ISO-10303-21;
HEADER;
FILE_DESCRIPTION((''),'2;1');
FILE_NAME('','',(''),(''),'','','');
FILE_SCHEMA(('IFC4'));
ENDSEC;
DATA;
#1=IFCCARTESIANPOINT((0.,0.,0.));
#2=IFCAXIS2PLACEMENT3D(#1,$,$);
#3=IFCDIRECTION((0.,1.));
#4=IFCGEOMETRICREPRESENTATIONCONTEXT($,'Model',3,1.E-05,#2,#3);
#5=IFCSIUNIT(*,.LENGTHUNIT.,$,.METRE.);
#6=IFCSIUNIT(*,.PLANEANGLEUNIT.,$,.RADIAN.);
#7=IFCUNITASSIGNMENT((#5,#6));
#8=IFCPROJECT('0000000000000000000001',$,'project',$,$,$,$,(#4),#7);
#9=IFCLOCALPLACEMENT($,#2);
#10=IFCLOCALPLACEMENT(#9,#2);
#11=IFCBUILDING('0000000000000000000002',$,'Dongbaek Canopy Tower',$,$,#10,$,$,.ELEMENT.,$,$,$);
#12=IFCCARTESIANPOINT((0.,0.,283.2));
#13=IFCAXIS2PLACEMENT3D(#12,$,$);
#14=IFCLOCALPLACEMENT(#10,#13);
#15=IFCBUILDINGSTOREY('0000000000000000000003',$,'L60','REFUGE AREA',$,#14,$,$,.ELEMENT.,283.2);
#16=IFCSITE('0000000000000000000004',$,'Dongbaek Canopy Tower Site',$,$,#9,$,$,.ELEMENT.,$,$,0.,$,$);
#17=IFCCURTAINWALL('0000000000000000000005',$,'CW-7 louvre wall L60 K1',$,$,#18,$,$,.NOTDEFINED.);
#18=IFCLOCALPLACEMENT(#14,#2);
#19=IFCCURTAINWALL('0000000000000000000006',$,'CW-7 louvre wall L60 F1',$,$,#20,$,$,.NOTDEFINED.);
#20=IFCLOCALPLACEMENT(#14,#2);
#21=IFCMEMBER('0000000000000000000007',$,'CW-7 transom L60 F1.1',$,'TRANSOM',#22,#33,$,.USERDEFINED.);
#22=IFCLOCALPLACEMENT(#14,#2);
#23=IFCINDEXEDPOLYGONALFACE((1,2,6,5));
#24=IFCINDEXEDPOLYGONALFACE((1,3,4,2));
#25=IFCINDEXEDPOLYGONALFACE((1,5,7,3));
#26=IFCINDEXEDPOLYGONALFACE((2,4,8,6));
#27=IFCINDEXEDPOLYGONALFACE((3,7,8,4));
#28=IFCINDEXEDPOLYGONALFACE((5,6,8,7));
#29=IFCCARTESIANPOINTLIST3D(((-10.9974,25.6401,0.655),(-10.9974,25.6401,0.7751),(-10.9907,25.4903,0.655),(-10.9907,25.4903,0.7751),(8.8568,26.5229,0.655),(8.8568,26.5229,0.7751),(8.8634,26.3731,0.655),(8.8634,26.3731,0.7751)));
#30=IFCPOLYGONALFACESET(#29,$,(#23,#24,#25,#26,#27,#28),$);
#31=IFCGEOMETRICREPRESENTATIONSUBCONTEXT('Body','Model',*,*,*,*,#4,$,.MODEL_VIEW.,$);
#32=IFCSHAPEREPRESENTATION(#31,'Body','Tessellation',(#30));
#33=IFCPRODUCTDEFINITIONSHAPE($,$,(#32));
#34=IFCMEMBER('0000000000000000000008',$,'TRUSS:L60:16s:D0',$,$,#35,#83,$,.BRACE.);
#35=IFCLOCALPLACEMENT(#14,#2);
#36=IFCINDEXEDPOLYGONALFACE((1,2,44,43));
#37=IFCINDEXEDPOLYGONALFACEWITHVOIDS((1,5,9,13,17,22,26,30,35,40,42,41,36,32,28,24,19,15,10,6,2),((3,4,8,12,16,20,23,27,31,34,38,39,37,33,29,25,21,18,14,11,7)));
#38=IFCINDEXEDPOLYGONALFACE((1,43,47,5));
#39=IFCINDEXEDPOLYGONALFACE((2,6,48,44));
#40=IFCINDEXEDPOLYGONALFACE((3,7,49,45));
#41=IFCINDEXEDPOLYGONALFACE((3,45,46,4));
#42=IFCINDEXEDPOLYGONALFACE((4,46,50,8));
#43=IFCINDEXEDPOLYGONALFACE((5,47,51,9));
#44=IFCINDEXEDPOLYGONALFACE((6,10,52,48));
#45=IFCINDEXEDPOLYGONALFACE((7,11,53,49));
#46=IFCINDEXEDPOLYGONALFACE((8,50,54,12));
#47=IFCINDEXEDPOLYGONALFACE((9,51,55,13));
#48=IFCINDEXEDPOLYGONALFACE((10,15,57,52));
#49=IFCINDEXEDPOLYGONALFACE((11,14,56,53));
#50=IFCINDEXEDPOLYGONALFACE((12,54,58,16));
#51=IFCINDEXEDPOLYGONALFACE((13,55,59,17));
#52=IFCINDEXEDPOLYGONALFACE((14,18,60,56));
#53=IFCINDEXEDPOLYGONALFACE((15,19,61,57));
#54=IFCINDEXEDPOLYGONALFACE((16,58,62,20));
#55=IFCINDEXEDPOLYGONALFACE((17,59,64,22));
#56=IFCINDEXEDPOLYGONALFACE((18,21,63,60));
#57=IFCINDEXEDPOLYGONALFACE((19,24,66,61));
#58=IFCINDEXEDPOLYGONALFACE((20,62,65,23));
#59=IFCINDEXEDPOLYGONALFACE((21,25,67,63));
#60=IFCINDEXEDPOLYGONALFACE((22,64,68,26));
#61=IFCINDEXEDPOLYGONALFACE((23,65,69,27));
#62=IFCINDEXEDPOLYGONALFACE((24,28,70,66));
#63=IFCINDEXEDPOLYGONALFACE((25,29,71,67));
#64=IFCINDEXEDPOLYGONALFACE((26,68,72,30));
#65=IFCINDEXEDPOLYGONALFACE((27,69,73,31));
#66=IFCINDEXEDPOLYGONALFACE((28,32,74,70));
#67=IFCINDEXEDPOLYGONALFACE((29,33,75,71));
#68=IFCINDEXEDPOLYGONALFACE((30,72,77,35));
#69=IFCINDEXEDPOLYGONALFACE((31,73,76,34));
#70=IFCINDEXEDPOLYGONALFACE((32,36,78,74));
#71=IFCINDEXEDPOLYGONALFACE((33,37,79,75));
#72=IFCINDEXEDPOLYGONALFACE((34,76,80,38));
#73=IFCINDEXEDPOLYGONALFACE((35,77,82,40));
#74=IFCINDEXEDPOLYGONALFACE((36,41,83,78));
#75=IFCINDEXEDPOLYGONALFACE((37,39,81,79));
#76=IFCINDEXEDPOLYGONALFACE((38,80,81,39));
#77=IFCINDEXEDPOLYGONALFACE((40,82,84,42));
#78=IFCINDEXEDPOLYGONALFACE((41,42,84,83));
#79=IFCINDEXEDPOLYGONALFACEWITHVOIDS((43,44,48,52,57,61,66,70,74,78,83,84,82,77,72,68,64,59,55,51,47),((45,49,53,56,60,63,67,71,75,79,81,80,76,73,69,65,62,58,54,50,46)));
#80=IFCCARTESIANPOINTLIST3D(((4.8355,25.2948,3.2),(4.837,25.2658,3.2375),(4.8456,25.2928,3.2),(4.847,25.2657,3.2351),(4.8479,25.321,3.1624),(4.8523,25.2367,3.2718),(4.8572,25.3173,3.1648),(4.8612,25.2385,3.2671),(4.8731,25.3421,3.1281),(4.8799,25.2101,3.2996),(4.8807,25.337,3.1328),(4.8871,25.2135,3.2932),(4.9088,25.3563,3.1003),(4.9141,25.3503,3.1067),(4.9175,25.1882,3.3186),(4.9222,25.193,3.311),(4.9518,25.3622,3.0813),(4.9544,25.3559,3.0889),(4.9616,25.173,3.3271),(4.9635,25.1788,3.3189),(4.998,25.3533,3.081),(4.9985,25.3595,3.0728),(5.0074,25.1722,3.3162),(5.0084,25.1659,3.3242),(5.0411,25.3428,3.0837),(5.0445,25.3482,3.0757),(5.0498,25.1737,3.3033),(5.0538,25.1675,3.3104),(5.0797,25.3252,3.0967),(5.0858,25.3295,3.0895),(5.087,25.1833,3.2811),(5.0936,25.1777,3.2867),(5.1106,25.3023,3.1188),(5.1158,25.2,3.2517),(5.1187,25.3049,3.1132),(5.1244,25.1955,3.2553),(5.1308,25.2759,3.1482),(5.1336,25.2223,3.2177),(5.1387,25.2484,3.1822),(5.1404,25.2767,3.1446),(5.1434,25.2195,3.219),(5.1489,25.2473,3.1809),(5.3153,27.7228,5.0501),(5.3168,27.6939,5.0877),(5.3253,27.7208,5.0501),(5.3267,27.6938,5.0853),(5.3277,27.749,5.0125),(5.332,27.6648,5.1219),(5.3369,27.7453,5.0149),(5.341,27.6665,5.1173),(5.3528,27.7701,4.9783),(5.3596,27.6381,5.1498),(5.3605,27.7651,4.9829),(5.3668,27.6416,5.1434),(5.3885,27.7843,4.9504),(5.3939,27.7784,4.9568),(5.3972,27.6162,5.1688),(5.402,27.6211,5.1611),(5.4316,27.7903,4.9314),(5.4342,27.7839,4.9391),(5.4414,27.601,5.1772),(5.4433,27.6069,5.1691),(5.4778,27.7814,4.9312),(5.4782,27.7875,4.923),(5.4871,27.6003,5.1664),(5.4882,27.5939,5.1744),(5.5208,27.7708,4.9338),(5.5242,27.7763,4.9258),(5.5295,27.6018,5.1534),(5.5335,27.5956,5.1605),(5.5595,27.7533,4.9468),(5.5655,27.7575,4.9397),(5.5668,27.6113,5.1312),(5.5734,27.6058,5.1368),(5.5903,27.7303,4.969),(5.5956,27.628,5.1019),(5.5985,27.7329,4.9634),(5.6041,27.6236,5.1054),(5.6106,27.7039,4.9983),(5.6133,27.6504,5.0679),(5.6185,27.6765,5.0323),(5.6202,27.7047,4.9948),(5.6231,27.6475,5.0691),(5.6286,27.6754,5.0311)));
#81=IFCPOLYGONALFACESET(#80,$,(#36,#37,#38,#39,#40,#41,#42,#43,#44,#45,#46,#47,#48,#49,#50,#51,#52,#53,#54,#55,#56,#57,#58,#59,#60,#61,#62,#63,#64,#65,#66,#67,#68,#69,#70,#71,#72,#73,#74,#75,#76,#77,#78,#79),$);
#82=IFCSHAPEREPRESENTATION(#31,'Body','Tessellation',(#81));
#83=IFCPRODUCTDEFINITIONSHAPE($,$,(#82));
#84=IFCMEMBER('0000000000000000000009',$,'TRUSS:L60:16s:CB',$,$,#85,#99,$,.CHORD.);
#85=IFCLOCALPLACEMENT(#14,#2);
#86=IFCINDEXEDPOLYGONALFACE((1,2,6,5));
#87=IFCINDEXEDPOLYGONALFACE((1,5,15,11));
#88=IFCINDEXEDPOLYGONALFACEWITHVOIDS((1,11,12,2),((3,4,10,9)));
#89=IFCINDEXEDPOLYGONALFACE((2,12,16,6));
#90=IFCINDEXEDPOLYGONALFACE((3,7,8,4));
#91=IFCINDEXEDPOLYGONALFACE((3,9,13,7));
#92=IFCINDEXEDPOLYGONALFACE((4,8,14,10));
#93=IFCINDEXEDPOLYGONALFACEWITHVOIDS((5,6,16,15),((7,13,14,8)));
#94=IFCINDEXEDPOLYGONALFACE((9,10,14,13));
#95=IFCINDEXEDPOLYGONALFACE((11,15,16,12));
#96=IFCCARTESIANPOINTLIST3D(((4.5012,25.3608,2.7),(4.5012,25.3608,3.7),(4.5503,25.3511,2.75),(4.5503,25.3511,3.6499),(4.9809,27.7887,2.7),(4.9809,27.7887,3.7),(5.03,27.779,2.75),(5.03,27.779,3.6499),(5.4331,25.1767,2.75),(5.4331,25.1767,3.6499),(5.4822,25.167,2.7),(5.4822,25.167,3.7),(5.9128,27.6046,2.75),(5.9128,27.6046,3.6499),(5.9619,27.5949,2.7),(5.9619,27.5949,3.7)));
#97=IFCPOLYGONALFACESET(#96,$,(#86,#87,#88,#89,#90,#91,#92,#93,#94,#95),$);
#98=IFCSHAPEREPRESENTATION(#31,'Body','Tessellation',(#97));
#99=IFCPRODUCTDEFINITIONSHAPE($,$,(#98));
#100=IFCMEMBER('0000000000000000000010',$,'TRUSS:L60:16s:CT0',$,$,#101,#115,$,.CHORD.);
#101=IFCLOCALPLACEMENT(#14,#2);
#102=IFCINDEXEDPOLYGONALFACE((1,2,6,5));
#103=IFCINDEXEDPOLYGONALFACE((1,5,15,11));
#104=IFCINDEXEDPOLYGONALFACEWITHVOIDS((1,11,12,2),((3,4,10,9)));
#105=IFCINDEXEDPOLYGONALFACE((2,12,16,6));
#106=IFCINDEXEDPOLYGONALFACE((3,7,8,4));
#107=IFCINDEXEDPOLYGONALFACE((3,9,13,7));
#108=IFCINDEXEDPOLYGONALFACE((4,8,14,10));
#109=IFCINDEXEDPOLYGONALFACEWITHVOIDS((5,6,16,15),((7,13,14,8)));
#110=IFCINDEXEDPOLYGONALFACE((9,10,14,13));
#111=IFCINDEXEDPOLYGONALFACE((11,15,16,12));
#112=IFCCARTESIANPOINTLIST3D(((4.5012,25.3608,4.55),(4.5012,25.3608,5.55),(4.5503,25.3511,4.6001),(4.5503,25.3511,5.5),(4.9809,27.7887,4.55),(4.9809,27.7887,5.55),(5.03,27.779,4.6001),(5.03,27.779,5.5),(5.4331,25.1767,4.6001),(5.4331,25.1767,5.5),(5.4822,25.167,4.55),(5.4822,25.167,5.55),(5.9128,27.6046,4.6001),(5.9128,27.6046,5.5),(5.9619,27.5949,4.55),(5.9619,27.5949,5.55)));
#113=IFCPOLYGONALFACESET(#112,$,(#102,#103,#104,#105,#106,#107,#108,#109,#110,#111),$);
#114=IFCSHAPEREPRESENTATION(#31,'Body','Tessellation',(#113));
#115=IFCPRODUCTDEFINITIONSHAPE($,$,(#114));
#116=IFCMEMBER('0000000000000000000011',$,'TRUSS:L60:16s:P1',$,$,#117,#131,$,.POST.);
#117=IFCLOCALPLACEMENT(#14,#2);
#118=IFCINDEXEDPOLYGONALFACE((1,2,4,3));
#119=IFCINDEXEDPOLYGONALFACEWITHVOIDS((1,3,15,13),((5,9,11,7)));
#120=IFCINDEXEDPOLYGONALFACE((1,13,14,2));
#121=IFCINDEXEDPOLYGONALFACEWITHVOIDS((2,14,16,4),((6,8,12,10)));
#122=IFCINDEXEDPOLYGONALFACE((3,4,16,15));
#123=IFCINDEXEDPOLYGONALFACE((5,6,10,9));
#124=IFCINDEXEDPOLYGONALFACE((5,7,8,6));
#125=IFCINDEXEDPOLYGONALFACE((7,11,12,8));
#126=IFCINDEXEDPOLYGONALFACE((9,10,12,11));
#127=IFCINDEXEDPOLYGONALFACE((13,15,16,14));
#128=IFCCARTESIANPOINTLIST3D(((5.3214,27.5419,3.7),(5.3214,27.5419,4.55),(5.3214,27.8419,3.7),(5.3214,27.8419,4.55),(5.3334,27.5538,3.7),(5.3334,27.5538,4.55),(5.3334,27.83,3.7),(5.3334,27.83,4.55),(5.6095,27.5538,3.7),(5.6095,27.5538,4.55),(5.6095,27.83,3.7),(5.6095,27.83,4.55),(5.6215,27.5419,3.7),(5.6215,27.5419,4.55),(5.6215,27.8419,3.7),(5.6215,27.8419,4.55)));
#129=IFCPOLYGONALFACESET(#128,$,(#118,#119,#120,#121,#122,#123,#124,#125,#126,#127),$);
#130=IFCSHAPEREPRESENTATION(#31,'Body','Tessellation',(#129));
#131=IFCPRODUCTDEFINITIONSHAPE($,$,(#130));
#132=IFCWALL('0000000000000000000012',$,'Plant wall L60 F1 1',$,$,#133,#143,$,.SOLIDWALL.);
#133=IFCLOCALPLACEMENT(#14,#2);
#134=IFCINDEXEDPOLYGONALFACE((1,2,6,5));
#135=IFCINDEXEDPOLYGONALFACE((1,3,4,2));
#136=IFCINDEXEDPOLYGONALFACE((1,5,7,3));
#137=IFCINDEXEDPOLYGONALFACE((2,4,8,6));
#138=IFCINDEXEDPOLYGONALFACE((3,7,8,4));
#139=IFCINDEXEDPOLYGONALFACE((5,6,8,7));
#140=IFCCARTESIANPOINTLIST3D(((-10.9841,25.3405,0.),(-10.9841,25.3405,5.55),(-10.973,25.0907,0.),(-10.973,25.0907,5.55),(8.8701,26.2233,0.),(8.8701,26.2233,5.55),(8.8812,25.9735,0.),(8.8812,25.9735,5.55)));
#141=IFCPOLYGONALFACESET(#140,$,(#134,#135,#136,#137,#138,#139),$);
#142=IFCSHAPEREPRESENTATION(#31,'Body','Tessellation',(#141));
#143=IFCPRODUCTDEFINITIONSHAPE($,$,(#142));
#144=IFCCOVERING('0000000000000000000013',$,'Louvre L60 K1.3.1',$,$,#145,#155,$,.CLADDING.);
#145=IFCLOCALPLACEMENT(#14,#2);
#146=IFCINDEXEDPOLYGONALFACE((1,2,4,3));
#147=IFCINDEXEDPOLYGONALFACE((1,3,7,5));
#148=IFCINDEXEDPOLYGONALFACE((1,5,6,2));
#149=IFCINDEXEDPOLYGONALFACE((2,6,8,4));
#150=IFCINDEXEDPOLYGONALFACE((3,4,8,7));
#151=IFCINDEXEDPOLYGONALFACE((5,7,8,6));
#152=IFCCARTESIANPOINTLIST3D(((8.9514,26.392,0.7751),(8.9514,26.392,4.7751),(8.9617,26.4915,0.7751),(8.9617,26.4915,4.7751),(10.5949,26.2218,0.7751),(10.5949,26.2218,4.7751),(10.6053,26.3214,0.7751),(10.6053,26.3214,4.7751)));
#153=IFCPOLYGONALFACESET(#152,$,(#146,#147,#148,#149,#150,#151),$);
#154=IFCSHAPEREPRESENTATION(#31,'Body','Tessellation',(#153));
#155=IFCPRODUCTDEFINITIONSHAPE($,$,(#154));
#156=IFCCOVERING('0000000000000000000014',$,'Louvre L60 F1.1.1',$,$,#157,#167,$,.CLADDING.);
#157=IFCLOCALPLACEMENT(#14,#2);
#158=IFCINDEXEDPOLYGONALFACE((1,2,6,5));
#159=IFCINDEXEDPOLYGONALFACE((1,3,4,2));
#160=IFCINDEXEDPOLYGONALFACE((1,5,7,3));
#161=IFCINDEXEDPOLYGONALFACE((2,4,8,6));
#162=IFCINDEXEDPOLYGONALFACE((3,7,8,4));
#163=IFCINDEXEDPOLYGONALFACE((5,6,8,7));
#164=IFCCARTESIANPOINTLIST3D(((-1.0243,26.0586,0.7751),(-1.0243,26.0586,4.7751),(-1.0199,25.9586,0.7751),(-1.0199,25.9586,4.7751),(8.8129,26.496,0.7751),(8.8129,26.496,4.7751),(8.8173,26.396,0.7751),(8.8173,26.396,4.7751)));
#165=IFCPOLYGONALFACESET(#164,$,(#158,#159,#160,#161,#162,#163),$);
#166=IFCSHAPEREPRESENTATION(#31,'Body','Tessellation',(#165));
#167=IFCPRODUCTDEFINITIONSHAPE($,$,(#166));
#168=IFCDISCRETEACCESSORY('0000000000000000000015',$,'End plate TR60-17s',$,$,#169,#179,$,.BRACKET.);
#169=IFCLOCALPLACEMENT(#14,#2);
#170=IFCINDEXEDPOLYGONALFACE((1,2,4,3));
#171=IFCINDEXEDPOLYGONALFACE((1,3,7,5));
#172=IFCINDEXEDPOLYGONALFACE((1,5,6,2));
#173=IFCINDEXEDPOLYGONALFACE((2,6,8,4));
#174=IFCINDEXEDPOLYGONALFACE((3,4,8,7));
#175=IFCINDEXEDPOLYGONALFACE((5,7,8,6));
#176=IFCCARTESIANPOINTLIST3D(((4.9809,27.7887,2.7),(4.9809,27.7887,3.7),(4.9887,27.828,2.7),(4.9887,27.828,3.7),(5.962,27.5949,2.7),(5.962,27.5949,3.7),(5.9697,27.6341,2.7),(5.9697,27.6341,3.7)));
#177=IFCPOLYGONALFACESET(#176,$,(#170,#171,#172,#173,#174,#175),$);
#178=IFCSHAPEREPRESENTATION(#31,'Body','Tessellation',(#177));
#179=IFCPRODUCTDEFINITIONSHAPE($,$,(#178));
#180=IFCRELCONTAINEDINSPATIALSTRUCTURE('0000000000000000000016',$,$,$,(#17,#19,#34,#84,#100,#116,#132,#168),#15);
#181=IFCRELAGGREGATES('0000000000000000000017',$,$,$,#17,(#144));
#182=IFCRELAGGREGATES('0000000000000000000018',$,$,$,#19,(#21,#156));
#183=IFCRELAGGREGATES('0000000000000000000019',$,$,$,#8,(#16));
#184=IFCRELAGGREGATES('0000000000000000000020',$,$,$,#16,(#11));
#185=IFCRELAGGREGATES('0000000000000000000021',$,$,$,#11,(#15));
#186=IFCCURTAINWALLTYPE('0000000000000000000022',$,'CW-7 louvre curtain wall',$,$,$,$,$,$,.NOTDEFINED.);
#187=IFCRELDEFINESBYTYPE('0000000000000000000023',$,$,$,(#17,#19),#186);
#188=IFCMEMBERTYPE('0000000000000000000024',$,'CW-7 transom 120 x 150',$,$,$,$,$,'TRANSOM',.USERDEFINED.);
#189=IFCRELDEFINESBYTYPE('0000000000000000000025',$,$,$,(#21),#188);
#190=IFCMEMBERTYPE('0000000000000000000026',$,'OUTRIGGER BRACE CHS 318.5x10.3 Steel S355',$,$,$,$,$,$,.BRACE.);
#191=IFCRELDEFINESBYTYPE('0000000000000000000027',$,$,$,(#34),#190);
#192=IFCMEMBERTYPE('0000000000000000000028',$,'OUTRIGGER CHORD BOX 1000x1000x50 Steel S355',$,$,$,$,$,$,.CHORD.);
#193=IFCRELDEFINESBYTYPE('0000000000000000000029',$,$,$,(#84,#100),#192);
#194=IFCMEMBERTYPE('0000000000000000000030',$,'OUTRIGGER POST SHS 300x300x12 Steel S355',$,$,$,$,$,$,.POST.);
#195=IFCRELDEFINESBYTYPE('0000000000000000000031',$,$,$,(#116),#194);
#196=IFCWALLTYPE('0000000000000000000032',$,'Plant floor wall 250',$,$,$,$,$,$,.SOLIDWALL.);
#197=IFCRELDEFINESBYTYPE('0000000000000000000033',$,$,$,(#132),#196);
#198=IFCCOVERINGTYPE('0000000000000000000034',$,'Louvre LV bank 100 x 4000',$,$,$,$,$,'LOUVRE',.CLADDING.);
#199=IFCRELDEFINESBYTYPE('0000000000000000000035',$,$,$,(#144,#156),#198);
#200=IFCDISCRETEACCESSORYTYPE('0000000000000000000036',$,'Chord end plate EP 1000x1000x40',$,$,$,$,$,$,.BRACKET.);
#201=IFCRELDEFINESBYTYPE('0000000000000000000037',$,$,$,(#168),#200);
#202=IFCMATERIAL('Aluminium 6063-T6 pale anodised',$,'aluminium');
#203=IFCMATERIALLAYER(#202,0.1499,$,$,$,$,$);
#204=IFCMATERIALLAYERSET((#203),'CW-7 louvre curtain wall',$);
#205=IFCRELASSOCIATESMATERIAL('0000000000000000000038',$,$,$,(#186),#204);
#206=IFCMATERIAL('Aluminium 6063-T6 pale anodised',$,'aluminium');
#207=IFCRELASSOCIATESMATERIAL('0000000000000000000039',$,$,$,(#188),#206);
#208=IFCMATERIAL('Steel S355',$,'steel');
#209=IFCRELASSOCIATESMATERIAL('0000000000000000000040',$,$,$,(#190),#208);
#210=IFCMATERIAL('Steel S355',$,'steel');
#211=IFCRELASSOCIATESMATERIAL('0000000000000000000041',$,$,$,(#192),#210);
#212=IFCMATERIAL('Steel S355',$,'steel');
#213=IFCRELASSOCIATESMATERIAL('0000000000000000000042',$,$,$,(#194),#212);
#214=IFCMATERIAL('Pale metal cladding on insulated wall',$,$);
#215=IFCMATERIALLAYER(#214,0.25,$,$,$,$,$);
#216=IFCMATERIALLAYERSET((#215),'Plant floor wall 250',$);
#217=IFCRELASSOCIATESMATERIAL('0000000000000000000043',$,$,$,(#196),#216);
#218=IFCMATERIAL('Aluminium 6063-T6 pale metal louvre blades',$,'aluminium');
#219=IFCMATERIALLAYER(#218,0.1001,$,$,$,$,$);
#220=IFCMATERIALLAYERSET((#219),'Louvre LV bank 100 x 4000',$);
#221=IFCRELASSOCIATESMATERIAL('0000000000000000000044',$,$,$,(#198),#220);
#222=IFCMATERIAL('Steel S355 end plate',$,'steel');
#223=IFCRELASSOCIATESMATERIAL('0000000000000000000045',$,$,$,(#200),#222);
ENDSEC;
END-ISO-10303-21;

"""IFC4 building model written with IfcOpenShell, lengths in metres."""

from ifc_helpers import new_model, si_unit, direction, frame, frame_2d, origin, origin_2d, place, context, subcontext, project, spatial, rectangle, hollow_rectangle, hollow_circle, extrude, material, layer, layer_set, material_profile, profile_set, type_object, element, aggregate, save


model = new_model("IFC4")

# Units and contexts
model_context = context("Model", 3, precision=1e-05, world=origin(), true_north=direction((0.0, 1.0)))
body_context = subcontext(model_context, "Body", "Model", "MODEL_VIEW")
ifc_project = project(units=[si_unit("LENGTHUNIT", "METRE"), si_unit("PLANEANGLEUNIT", "RADIAN")], contexts=[model_context])

# Site, building, storey
site_placement = place(None, origin())
site = spatial("IfcSite", under=ifc_project, at=site_placement, Name="Dongbaek Canopy Tower Site", CompositionType="ELEMENT", RefElevation=0.0)
building_placement = place(site_placement, origin())
building = spatial("IfcBuilding", under=site, at=building_placement, Name="Dongbaek Canopy Tower", CompositionType="ELEMENT")
storey_placement = place(building_placement, frame((0.0, 0.0, 283.2)))
storey = spatial("IfcBuildingStorey", under=building, at=storey_placement, Name="L60", Description="REFUGE AREA", CompositionType="ELEMENT", Elevation=283.2)

# Curtain wall
ifc_material_1 = material(Name="Aluminium 6063-T6 pale anodised", Category="aluminium")
ifc_layer_1 = layer(ifc_material_1, 0.1499)
ifc_layer_set_1 = layer_set([ifc_layer_1], Name="CW-7 louvre curtain wall")
curtain_wall_type = type_object("IfcCurtainWallType", Name="CW-7 louvre curtain wall", PredefinedType="NOTDEFINED", material=ifc_layer_set_1)
curtain_wall_1_placement = place(storey_placement, origin())
curtain_wall_1 = element("IfcCurtainWall", 1, at=curtain_wall_1_placement, inside=storey, type_object=curtain_wall_type, Name="CW-7 louvre wall L60 K1", PredefinedType="NOTDEFINED")

# Curtain wall, member
curtain_wall_2_placement = place(storey_placement, origin())
curtain_wall_2 = element("IfcCurtainWall", 2, at=curtain_wall_2_placement, inside=storey, type_object=curtain_wall_type, Name="CW-7 louvre wall L60 F1", PredefinedType="NOTDEFINED")
ifc_material_2 = material(Name="Aluminium 6063-T6 pale anodised", Category="aluminium")
ifc_material_profile_1 = material_profile(ifc_material_2, rectangle(XDim=0.1499, YDim=0.1201, at=origin_2d()), Name="CW-7 transom 120 x 150")
ifc_profile_set_1 = profile_set([ifc_material_profile_1], Name="Aluminium 6063-T6 pale anodised")
member_type_1 = type_object("IfcMemberType", Name="CW-7 transom 120 x 150", ElementType="TRANSOM", PredefinedType="USERDEFINED", material=ifc_profile_set_1)
member_1_placement = place(storey_placement, frame((8.8601, 26.448, 0.7151), z_axis=(-0.999013, -0.044421, 0.0), x_axis=(0.044421, -0.999013, 0.0)))
member_1 = element("IfcMember", 3, at=member_1_placement, type_object=member_type_1, Name="CW-7 transom L60 F1.1", ObjectType="TRANSOM", PredefinedType="USERDEFINED", context=body_context, shape_type="SweptSolid", body=[
    extrude(rectangle(XDim=0.1499, YDim=0.1201, at=origin_2d()), origin(), (0.0, 0.0, 1.0), 19.8738),
])

# Members
ifc_material_3 = material(Name="Steel S355", Category="steel")
ifc_material_profile_2 = material_profile(ifc_material_3, hollow_circle(Radius=0.1592, WallThickness=0.0103, at=origin_2d()), Name="OUTRIGGER BRACE CHS 318.5x10.3 Steel S355")
ifc_profile_set_2 = profile_set([ifc_material_profile_2], Name="Steel S355")
member_type_2 = type_object("IfcMemberType", Name="OUTRIGGER BRACE CHS 318.5x10.3 Steel S355", PredefinedType="BRACE", material=ifc_profile_set_2)
member_2_placement = place(storey_placement, frame((4.9917, 25.2639, 3.2), z_axis=(0.155255, 0.785754, 0.598737), x_axis=(-0.981033, 0.193839, 0.0)))
element("IfcMember", 4, at=member_2_placement, inside=storey, type_object=member_type_2, Name="TRUSS:L60:16s:D0", PredefinedType="BRACE", context=body_context, shape_type="SweptSolid", body=[
    extrude(hollow_circle(Radius=0.1592, WallThickness=0.0103, at=origin_2d()), origin(), (0.0, 0.0, 1.0), 3.0901),
])
ifc_material_4 = material(Name="Steel S355", Category="steel")
ifc_material_profile_3 = material_profile(ifc_material_4, hollow_rectangle(XDim=1.0, YDim=1.0, WallThickness=0.05, at=origin_2d()), Name="OUTRIGGER CHORD BOX 1000x1000x50 Steel S355")
ifc_profile_set_3 = profile_set([ifc_material_profile_3], Name="Steel S355")
member_type_3 = type_object("IfcMemberType", Name="OUTRIGGER CHORD BOX 1000x1000x50 Steel S355", PredefinedType="CHORD", material=ifc_profile_set_3)
for number, where, z_axis, x_axis, name in (
    (5, (4.9917, 25.2639, 3.2), (0.193839, 0.981033, 0.0), (-0.981033, 0.193839, 0.0), "TRUSS:L60:16s:CB"),
    (6, (4.9917, 25.2639, 5.05), (0.193839, 0.981033, 0.0), (-0.981033, 0.193839, 0.0), "TRUSS:L60:16s:CT0"),
):
    element("IfcMember", number, at=place(storey_placement, frame(where, z_axis=z_axis, x_axis=x_axis)), inside=storey, type_object=member_type_3, Name=name, PredefinedType="CHORD", context=body_context, shape_type="SweptSolid", body=[
        extrude(hollow_rectangle(XDim=1.0, YDim=1.0, WallThickness=0.05, at=origin_2d()), origin(), (0.0, 0.0, 1.0), 2.4749),
    ])
ifc_material_5 = material(Name="Steel S355", Category="steel")
ifc_material_profile_4 = material_profile(ifc_material_5, hollow_rectangle(XDim=0.3, YDim=0.3, WallThickness=0.012, at=origin_2d()), Name="OUTRIGGER POST SHS 300x300x12 Steel S355")
ifc_profile_set_4 = profile_set([ifc_material_profile_4], Name="Steel S355")
member_type_4 = type_object("IfcMemberType", Name="OUTRIGGER POST SHS 300x300x12 Steel S355", PredefinedType="POST", material=ifc_profile_set_4)
member_3_placement = place(storey_placement, frame((5.4714, 27.6919, 3.7), z_axis=(0.0, 0.0, 1.0), x_axis=(1.0, 0.0, 0.0)))
element("IfcMember", 7, at=member_3_placement, inside=storey, type_object=member_type_4, Name="TRUSS:L60:16s:P1", PredefinedType="POST", context=body_context, shape_type="SweptSolid", body=[
    extrude(hollow_rectangle(XDim=0.3, YDim=0.3, WallThickness=0.012, at=origin_2d()), origin(), (0.0, 0.0, 1.0), 0.8501),
])

# Wall
ifc_material_6 = material(Name="Pale metal cladding on insulated wall")
ifc_layer_2 = layer(ifc_material_6, 0.25)
ifc_layer_set_2 = layer_set([ifc_layer_2], Name="Plant floor wall 250")
wall_type = type_object("IfcWallType", Name="Plant floor wall 250", PredefinedType="SOLIDWALL", material=ifc_layer_set_2)
wall_placement = place(storey_placement, frame((8.8757, 26.0984, 0.0), z_axis=(0.0, 0.0, 1.0), x_axis=(-0.999013, -0.044421, 0.0)))
element("IfcWall", 8, at=wall_placement, inside=storey, type_object=wall_type, Name="Plant wall L60 F1 1", PredefinedType="SOLIDWALL", context=body_context, shape_type="SweptSolid", body=[
    extrude(rectangle(XDim=19.8738, YDim=0.25, at=frame_2d((9.937, 0.0))), origin(), (0.0, 0.0, 1.0), 5.55),
])

# Coverings
ifc_material_7 = material(Name="Aluminium 6063-T6 pale metal louvre blades", Category="aluminium")
ifc_layer_3 = layer(ifc_material_7, 0.1001)
ifc_layer_set_3 = layer_set([ifc_layer_3], Name="Louvre LV bank 100 x 4000")
covering_type = type_object("IfcCoveringType", Name="Louvre LV bank 100 x 4000", ElementType="LOUVRE", PredefinedType="CLADDING", material=ifc_layer_set_3)
covering_1_placement = place(storey_placement, frame((9.7783, 26.3567, 0.7751), z_axis=(0.0, 0.0, 1.0), x_axis=(-0.994685, 0.102968, 0.0)))
covering_1 = element("IfcCovering", 9, at=covering_1_placement, type_object=covering_type, Name="Louvre L60 K1.3.1", PredefinedType="CLADDING", context=body_context, shape_type="SweptSolid", body=[
    extrude(rectangle(XDim=1.6523, YDim=0.1001, at=origin_2d()), origin(), (0.0, 0.0, 1.0), 4.0),
])
covering_2_placement = place(storey_placement, frame((3.8965, 26.2273, 0.7751), z_axis=(0.0, 0.0, 1.0), x_axis=(-0.999013, -0.044416, 0.0)))
covering_2 = element("IfcCovering", 10, at=covering_2_placement, type_object=covering_type, Name="Louvre L60 F1.1.1", PredefinedType="CLADDING", context=body_context, shape_type="SweptSolid", body=[
    extrude(rectangle(XDim=9.8469, YDim=0.1001, at=origin_2d()), origin(), (0.0, 0.0, 1.0), 4.0),
])

# Discrete accessory
ifc_material_8 = material(Name="Steel S355 end plate", Category="steel")
discrete_accessory_type_1 = type_object("IfcDiscreteAccessoryType", Name="Chord end plate EP 1000x1000x40", PredefinedType="BRACKET", material=ifc_material_8)
discrete_accessory_1_placement = place(storey_placement, frame((5.4753, 27.7114, 2.7), z_axis=(0.0, 0.0, 1.0), x_axis=(-0.193834, -0.981034, 0.0)))
element("IfcDiscreteAccessory", 11, at=discrete_accessory_1_placement, inside=storey, type_object=discrete_accessory_type_1, Name="End plate TR60-17s", PredefinedType="BRACKET", context=body_context, shape_type="SweptSolid", body=[
    extrude(rectangle(XDim=0.04, YDim=1.0, at=origin_2d()), origin(), (0.0, 0.0, 1.0), 1.0),
])
aggregate(curtain_wall_1, [covering_1])
aggregate(curtain_wall_2, [member_1, covering_2])

save(model, "model.ifc")
